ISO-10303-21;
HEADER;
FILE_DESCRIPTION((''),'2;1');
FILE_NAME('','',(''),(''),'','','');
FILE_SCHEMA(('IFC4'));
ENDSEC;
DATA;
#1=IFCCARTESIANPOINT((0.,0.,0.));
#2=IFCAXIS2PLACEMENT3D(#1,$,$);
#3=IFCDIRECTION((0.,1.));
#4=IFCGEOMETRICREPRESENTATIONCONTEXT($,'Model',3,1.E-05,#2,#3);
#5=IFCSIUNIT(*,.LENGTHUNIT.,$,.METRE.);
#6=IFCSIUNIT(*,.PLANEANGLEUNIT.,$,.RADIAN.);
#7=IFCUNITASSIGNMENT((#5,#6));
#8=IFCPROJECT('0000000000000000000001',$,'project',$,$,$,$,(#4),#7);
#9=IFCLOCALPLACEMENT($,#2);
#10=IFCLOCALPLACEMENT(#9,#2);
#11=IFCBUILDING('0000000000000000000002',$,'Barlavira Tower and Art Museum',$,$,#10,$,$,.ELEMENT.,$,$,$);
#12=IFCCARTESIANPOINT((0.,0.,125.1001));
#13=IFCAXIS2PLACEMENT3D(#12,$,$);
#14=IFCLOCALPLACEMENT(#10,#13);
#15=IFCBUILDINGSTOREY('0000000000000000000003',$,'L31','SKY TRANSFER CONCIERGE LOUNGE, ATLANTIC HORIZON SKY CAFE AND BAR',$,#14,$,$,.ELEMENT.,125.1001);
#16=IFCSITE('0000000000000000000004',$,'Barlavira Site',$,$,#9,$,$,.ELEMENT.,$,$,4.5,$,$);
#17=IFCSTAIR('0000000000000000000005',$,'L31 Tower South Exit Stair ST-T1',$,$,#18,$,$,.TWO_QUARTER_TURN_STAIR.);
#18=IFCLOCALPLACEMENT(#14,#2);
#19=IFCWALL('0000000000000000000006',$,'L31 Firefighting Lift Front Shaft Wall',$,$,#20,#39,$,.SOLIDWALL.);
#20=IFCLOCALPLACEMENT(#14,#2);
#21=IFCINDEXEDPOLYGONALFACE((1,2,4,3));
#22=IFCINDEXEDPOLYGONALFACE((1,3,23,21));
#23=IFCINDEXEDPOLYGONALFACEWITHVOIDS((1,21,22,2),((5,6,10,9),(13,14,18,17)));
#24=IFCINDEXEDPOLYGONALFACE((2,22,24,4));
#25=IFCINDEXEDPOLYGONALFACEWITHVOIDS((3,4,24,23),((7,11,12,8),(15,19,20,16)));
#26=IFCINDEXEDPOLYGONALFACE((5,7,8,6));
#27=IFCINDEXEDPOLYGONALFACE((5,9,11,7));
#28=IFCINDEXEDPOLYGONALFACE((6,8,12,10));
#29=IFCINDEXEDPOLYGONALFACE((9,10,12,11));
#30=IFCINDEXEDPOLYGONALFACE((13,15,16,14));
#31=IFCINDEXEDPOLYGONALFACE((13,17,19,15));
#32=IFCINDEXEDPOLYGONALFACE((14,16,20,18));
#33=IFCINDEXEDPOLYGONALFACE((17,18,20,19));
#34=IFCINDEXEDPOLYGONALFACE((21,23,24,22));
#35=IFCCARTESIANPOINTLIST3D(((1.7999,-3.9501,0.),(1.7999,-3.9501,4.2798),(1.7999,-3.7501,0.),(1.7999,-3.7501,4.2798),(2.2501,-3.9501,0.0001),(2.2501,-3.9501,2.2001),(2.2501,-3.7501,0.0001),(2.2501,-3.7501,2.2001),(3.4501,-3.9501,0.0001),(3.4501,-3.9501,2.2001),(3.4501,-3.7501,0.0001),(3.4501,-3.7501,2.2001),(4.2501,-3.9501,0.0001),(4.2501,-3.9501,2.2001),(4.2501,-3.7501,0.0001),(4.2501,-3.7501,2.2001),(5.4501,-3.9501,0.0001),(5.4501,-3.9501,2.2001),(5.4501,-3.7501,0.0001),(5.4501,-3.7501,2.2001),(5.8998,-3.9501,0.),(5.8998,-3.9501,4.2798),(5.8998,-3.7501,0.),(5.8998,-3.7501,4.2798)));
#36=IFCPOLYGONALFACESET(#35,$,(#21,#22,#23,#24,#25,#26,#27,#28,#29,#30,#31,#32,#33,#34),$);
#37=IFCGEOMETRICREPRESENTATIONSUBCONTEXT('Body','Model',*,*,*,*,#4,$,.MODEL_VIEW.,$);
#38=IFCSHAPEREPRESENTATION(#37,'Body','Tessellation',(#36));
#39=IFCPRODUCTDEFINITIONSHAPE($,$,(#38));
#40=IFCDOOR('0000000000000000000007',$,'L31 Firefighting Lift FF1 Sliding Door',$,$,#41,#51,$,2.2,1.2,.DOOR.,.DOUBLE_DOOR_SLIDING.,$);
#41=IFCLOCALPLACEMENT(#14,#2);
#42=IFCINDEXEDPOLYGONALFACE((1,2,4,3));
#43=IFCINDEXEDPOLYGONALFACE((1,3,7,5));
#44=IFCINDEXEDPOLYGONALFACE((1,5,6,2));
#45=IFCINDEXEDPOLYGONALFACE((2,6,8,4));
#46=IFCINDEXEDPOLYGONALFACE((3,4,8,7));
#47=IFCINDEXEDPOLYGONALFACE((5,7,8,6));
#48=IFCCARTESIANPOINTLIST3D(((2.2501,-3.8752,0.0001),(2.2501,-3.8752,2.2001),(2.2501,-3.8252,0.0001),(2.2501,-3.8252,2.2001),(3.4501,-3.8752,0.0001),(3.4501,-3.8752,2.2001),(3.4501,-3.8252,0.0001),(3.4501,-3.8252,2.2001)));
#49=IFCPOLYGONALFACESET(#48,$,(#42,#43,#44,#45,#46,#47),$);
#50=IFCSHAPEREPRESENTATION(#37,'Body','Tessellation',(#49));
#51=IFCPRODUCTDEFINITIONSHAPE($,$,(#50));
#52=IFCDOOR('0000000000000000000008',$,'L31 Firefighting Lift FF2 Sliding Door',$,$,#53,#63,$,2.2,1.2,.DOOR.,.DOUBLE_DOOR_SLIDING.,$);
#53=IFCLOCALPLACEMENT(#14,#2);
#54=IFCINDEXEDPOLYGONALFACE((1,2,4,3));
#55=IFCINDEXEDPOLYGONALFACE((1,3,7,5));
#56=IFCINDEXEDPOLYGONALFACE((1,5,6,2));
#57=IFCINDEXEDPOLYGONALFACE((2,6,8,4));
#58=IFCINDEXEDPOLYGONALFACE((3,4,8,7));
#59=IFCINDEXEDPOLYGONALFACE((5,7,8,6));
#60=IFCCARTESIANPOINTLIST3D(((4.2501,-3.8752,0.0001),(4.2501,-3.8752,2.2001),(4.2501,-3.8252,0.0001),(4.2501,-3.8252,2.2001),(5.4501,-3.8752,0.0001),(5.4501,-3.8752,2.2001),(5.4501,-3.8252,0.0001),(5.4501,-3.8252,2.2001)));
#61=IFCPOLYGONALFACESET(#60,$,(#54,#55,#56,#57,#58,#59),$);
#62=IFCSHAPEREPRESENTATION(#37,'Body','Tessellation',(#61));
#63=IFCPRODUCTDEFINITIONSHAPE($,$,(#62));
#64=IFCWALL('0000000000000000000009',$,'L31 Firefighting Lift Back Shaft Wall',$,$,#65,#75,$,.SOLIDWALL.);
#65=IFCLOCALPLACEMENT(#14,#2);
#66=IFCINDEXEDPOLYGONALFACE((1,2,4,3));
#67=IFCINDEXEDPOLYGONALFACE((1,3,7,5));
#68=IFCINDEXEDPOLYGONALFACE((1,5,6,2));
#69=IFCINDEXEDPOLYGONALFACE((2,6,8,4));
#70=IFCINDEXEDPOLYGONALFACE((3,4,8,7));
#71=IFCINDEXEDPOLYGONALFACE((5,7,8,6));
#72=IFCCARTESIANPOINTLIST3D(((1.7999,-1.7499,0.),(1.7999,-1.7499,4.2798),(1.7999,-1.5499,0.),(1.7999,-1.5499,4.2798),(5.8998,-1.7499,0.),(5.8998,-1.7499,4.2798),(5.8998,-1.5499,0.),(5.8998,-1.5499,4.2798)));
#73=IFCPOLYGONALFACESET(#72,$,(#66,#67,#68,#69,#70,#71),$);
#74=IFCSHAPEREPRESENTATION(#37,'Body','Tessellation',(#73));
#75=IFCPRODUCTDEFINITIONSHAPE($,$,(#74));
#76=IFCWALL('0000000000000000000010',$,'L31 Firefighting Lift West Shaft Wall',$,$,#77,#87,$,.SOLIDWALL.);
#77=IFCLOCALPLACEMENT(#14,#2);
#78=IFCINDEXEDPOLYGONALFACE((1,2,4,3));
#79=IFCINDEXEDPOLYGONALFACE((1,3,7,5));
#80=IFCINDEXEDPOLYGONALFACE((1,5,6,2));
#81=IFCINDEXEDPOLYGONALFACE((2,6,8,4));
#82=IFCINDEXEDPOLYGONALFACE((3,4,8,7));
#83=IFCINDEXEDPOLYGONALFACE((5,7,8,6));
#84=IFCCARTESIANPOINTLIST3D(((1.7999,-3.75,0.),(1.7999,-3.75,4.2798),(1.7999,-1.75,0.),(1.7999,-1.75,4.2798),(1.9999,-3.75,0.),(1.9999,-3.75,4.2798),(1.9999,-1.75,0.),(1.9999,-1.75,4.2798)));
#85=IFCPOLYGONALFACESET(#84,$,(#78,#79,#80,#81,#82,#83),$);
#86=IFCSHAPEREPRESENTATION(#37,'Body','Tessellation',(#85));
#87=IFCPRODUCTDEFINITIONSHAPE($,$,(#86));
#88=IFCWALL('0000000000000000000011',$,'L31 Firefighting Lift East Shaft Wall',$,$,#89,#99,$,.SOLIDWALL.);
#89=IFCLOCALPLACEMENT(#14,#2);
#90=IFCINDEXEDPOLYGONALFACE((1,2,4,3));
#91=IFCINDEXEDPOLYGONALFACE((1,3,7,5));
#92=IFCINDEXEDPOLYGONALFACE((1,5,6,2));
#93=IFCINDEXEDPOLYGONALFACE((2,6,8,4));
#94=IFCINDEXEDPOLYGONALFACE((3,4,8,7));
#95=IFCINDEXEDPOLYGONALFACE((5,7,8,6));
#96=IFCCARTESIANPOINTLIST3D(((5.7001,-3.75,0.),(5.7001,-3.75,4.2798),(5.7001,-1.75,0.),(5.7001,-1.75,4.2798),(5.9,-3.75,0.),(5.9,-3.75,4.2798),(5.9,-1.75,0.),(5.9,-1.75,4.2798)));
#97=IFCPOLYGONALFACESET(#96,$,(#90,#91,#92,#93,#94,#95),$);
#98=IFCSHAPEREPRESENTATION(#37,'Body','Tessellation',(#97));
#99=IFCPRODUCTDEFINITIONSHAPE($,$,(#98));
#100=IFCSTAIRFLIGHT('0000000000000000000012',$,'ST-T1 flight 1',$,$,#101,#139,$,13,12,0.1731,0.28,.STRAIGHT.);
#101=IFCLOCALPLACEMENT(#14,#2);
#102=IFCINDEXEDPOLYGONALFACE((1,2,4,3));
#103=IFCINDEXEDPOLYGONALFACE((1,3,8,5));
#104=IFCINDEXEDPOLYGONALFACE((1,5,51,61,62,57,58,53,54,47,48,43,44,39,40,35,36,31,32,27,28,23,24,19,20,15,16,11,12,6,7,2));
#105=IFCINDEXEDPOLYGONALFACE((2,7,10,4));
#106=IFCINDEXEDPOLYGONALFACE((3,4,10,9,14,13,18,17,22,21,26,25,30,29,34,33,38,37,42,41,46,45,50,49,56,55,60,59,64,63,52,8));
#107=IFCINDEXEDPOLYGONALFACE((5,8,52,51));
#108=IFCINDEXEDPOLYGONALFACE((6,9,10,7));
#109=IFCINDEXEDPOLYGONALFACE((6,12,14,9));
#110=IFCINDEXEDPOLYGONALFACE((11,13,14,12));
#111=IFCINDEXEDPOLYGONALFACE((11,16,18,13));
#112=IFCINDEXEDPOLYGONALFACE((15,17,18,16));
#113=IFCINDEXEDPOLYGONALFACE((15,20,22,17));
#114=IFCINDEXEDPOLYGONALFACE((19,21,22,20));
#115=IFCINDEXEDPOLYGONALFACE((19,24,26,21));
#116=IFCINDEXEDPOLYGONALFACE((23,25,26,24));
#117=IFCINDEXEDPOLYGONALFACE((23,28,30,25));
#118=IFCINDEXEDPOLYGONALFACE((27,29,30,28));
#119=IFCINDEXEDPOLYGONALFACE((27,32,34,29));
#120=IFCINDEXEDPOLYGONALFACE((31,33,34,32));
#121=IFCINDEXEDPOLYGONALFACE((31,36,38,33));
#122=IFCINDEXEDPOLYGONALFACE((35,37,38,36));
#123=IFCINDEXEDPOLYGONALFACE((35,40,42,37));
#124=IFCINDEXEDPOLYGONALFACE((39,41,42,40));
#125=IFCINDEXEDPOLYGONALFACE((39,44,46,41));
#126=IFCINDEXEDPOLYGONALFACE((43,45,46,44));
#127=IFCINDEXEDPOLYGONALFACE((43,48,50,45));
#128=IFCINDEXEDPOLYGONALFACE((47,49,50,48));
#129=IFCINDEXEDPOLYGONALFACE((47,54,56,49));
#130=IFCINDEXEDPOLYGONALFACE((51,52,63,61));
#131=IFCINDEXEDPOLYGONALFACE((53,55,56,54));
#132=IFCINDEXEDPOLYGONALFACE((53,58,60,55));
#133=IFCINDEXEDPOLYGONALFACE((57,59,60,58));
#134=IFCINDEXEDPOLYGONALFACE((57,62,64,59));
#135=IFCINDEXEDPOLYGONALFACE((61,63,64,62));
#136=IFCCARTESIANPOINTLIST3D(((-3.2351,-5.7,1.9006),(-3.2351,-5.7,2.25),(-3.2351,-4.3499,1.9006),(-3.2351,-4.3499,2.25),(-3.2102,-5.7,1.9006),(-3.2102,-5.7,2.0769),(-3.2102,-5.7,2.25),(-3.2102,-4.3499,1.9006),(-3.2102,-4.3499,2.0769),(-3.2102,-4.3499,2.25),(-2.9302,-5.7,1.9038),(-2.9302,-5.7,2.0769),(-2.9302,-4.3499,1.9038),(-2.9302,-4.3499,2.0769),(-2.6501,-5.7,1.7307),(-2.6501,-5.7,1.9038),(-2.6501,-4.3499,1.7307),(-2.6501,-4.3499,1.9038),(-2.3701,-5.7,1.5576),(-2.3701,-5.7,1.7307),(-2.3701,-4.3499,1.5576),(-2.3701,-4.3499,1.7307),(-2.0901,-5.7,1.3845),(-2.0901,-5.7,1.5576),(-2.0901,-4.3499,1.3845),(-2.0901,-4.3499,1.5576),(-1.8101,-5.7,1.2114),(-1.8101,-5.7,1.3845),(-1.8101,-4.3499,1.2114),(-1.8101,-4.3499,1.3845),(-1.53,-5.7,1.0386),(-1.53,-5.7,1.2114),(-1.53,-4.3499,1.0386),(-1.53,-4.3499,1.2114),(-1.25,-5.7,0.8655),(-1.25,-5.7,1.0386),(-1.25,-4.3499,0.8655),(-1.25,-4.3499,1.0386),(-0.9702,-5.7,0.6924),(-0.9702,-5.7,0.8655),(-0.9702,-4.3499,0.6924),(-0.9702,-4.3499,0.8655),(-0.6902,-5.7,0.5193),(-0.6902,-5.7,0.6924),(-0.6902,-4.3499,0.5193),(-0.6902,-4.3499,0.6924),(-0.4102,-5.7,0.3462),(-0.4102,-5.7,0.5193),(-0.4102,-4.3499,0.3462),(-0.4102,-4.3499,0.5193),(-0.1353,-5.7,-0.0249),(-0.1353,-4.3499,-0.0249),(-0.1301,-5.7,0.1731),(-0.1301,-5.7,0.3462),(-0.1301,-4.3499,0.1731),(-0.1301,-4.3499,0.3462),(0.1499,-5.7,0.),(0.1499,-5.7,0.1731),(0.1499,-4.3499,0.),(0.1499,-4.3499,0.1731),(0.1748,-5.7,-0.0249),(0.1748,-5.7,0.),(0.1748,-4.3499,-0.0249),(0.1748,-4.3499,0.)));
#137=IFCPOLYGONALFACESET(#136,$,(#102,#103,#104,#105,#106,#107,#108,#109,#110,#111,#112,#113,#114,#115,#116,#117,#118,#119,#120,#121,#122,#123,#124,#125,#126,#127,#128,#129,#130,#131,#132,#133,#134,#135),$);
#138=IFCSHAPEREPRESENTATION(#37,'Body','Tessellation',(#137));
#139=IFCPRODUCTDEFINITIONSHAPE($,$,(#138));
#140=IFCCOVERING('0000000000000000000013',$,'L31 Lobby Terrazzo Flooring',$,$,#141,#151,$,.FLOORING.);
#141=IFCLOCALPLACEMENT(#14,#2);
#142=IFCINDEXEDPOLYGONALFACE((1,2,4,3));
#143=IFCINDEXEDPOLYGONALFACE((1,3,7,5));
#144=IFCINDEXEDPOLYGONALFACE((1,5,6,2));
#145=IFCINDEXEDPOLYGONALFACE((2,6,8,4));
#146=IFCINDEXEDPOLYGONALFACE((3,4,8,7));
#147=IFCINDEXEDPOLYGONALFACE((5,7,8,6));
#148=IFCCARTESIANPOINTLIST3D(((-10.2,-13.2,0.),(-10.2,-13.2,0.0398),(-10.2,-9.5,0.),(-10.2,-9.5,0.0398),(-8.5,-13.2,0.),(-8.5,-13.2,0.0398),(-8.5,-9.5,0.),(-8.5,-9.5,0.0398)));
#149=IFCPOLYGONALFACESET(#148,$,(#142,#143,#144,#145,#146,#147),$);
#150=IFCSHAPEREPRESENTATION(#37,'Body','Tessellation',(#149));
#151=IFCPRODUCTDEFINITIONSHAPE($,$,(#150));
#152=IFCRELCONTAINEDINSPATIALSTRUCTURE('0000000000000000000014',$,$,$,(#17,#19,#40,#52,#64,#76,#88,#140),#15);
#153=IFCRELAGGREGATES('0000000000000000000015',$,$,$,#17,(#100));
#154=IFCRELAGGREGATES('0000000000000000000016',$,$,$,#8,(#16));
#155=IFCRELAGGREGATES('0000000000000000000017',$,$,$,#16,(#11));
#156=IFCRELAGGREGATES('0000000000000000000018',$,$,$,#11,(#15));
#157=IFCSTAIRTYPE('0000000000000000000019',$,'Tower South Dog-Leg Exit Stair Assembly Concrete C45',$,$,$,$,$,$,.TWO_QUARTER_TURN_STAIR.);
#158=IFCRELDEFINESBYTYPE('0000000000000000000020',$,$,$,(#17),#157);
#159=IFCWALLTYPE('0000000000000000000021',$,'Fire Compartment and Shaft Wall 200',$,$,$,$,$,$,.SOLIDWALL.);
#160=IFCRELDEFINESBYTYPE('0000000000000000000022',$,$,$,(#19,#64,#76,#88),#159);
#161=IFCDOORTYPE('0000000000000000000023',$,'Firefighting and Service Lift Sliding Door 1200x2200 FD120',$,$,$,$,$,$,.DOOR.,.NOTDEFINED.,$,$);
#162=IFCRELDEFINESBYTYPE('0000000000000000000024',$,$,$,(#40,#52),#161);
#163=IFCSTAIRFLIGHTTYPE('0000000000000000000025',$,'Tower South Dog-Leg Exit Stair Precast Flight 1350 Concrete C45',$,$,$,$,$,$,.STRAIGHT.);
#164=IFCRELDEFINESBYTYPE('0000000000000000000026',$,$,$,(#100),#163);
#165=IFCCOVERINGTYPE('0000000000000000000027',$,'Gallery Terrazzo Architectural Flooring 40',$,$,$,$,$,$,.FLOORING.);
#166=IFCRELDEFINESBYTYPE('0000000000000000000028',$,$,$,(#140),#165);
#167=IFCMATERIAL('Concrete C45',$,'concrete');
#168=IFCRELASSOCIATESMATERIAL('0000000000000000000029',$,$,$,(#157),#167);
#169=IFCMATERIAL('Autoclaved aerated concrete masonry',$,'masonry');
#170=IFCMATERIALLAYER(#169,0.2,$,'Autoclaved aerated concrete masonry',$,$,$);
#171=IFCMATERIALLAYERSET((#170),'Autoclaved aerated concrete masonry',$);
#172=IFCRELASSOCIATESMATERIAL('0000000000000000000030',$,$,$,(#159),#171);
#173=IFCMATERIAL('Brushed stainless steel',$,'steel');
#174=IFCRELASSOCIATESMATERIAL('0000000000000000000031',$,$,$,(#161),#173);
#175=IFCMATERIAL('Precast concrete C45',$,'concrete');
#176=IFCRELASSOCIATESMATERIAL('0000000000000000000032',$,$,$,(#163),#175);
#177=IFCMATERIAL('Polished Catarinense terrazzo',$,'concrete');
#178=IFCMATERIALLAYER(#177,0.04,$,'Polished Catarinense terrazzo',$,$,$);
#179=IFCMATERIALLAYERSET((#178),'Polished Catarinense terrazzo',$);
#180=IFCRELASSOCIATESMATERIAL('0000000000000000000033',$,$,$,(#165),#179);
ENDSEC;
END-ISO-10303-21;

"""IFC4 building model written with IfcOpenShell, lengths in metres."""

from ifc_helpers import new_model, si_unit, direction, frame, frame_2d, origin, place, context, subcontext, project, spatial, polyline, rectangle, outline, extrude, material, layer, layer_set, type_object, element, fill, aggregate, save


model = new_model("IFC4")

# Units and contexts
model_context = context("Model", 3, precision=1e-05, world=origin(), true_north=direction((0.0, 1.0)))
body_context = subcontext(model_context, "Body", "Model", "MODEL_VIEW")
ifc_project = project(units=[si_unit("LENGTHUNIT", "METRE"), si_unit("PLANEANGLEUNIT", "RADIAN")], contexts=[model_context])

# Site, building, storey
site_placement = place(None, origin())
site = spatial("IfcSite", under=ifc_project, at=site_placement, Name="Barlavira Site", CompositionType="ELEMENT", RefElevation=4.5)
building_placement = place(site_placement, origin())
building = spatial("IfcBuilding", under=site, at=building_placement, Name="Barlavira Tower and Art Museum", CompositionType="ELEMENT")
storey_placement = place(building_placement, frame((0.0, 0.0, 125.1001)))
storey = spatial("IfcBuildingStorey", under=building, at=storey_placement, Name="L31", Description="SKY TRANSFER CONCIERGE LOUNGE, ATLANTIC HORIZON SKY CAFE AND BAR", CompositionType="ELEMENT", Elevation=125.1001)

# Stair
ifc_material_1 = material(Name="Concrete C45", Category="concrete")
stair_type_1 = type_object("IfcStairType", Name="Tower South Dog-Leg Exit Stair Assembly Concrete C45", PredefinedType="TWO_QUARTER_TURN_STAIR", material=ifc_material_1)
stair_1_placement = place(storey_placement, origin())
stair_1 = element("IfcStair", 1, at=stair_1_placement, inside=storey, type_object=stair_type_1, Name="L31 Tower South Exit Stair ST-T1", PredefinedType="TWO_QUARTER_TURN_STAIR")

# Shared definitions
ifc_material_2 = material(Name="Brushed stainless steel", Category="steel")

# Shared definitions
ifc_material_3 = material(Name="Autoclaved aerated concrete masonry", Category="masonry")
ifc_layer_1 = layer(ifc_material_3, 0.2, Name="Autoclaved aerated concrete masonry")
ifc_layer_set_1 = layer_set([ifc_layer_1], Name="Autoclaved aerated concrete masonry")
wall_type_1 = type_object("IfcWallType", Name="Fire Compartment and Shaft Wall 200", PredefinedType="SOLIDWALL", material=ifc_layer_set_1)

# Wall, openings, doors
wall_1_placement = place(storey_placement, frame((1.8, -3.8501, 0.0), z_axis=(0.0, 0.0, 1.0), x_axis=(1.0, 0.0, 0.0)))
wall_1 = element("IfcWall", 2, at=wall_1_placement, inside=storey, type_object=wall_type_1, Name="L31 Firefighting Lift Front Shaft Wall", PredefinedType="SOLIDWALL", context=body_context, shape_type="SweptSolid", body=[
    extrude(rectangle(XDim=4.0999, YDim=0.2, at=frame_2d((2.0498, 0.0))), origin(), (0.0, 0.0, 1.0), 4.2798),
])
opening_1_placement = place(wall_1_placement, frame((0.45, 0.0, 0.0)))
opening_1 = element("IfcOpeningElement", 3, at=opening_1_placement, cuts=wall_1, PredefinedType="OPENING", context=body_context, shape_type="SweptSolid", body=[
    extrude(rectangle(XDim=1.2, YDim=2.2, at=frame_2d((0.6001, 1.1001))), frame((0.0, 0.1099, 0.0), z_axis=(0.0, -1.0, 0.0), x_axis=(1.0, 0.0, 0.0)), (0.0, 0.0, 1.0), 0.22),
])
opening_2_placement = place(wall_1_placement, frame((2.45, 0.0, 0.0)))
opening_2 = element("IfcOpeningElement", 4, at=opening_2_placement, cuts=wall_1, PredefinedType="OPENING", context=body_context, shape_type="SweptSolid", body=[
    extrude(rectangle(XDim=1.2, YDim=2.2, at=frame_2d((0.6001, 1.1001))), frame((0.0, 0.1099, 0.0), z_axis=(0.0, -1.0, 0.0), x_axis=(1.0, 0.0, 0.0)), (0.0, 0.0, 1.0), 0.22),
])
door_type_1 = type_object("IfcDoorType", Name="Firefighting and Service Lift Sliding Door 1200x2200 FD120", OperationType="NOTDEFINED", PredefinedType="DOOR", material=ifc_material_2)
door_1_placement = place(opening_1_placement, origin())
door_1 = element("IfcDoor", 5, at=door_1_placement, inside=storey, type_object=door_type_1, Name="L31 Firefighting Lift FF1 Sliding Door", OperationType="DOUBLE_DOOR_SLIDING", OverallHeight=2.2, OverallWidth=1.2, PredefinedType="DOOR", context=body_context, shape_type="SweptSolid", body=[
    extrude(rectangle(XDim=1.2, YDim=2.2, at=frame_2d((0.6001, 1.1001))), frame((0.0, 0.0249, 0.0), z_axis=(0.0, -1.0, 0.0), x_axis=(1.0, 0.0, 0.0)), (0.0, 0.0, 1.0), 0.05),
])
fill(opening_1, door_1)
door_2_placement = place(opening_2_placement, origin())
door_2 = element("IfcDoor", 6, at=door_2_placement, inside=storey, type_object=door_type_1, Name="L31 Firefighting Lift FF2 Sliding Door", OperationType="DOUBLE_DOOR_SLIDING", OverallHeight=2.2, OverallWidth=1.2, PredefinedType="DOOR", context=body_context, shape_type="SweptSolid", body=[
    extrude(rectangle(XDim=1.2, YDim=2.2, at=frame_2d((0.6001, 1.1001))), frame((0.0, 0.0249, 0.0), z_axis=(0.0, -1.0, 0.0), x_axis=(1.0, 0.0, 0.0)), (0.0, 0.0, 1.0), 0.05),
])
fill(opening_2, door_2)

# Walls
wall_2_placement = place(storey_placement, frame((1.8, -1.6499, 0.0), z_axis=(0.0, 0.0, 1.0), x_axis=(1.0, 0.0, 0.0)))
element("IfcWall", 7, at=wall_2_placement, inside=storey, type_object=wall_type_1, Name="L31 Firefighting Lift Back Shaft Wall", PredefinedType="SOLIDWALL", context=body_context, shape_type="SweptSolid", body=[
    extrude(rectangle(XDim=4.0999, YDim=0.2, at=frame_2d((2.0498, 0.0))), origin(), (0.0, 0.0, 1.0), 4.2798),
])
for number, where, z_axis, x_axis, name in (
    (8, (1.8999, -3.75, 0.0), (0.0, 0.0, 1.0), (0.0, 1.0, 0.0), "L31 Firefighting Lift West Shaft Wall"),
    (9, (5.8, -3.75, 0.0), (0.0, 0.0, 1.0), (0.0, 1.0, 0.0), "L31 Firefighting Lift East Shaft Wall"),
):
    element("IfcWall", number, at=place(storey_placement, frame(where, z_axis=z_axis, x_axis=x_axis)), inside=storey, type_object=wall_type_1, Name=name, PredefinedType="SOLIDWALL", context=body_context, shape_type="SweptSolid", body=[
        extrude(rectangle(XDim=2.0, YDim=0.2, at=frame_2d((1.0, 0.0))), origin(), (0.0, 0.0, 1.0), 4.2798),
    ])

# Stair flight
ifc_material_4 = material(Name="Precast concrete C45", Category="concrete")
stair_flight_type = type_object("IfcStairFlightType", Name="Tower South Dog-Leg Exit Stair Precast Flight 1350 Concrete C45", PredefinedType="STRAIGHT", material=ifc_material_4)
stair_flight_placement = place(storey_placement, frame((0.1499, -5.0249, 0.0), z_axis=(0.0, 0.0, 1.0), x_axis=(-1.0, 0.0, 0.0)))
stair_flight = element("IfcStairFlight", 10, at=stair_flight_placement, type_object=stair_flight_type, Name="ST-T1 flight 1", NumberOfRisers=13, NumberOfTreads=12, PredefinedType="STRAIGHT", RiserHeight=0.1731, TreadLength=0.28, context=body_context, shape_type="SweptSolid", body=[
    extrude(outline(polyline([(-0.0249, 0.0), (0.0, 0.0), (0.0, 0.1731), (0.28, 0.1731), (0.28, 0.3462), (0.5601, 0.3462), (0.5601, 0.5193), (0.8401, 0.5193), (0.8401, 0.6924), (1.1201, 0.6924), (1.1201, 0.8655), (1.3999, 0.8655), (1.3999, 1.0386), (1.6799, 1.0386), (1.6799, 1.2114), (1.96, 1.2114), (1.96, 1.3845), (2.24, 1.3845), (2.24, 1.5576), (2.52, 1.5576), (2.52, 1.7307), (2.8, 1.7307), (2.8, 1.9038), (3.0801, 1.9038), (3.0801, 2.0769), (3.3601, 2.0769), (3.3601, 2.25), (3.385, 2.25), (3.385, 1.9006), (3.3601, 1.9006), (0.2852, -0.0249), (-0.0249, -0.0249), (-0.0249, 0.0)])), frame((0.0, 0.675, 0.0), z_axis=(0.0, -1.0, 0.0), x_axis=(1.0, 0.0, 0.0)), (0.0, 0.0, 1.0), 1.3501),
])
aggregate(stair_1, [stair_flight])

# Covering
ifc_material_5 = material(Name="Polished Catarinense terrazzo", Category="concrete")
ifc_layer_2 = layer(ifc_material_5, 0.04, Name="Polished Catarinense terrazzo")
ifc_layer_set_2 = layer_set([ifc_layer_2], Name="Polished Catarinense terrazzo")
covering_type_1 = type_object("IfcCoveringType", Name="Gallery Terrazzo Architectural Flooring 40", PredefinedType="FLOORING", material=ifc_layer_set_2)
covering_1_placement = place(storey_placement, origin())
element("IfcCovering", 11, at=covering_1_placement, inside=storey, type_object=covering_type_1, Name="L31 Lobby Terrazzo Flooring", PredefinedType="FLOORING", context=body_context, shape_type="SweptSolid", body=[
    extrude(outline(polyline([(-10.2, -13.2), (-8.5, -13.2), (-8.5, -9.5), (-10.2, -9.5), (-10.2, -13.2)])), origin(), (0.0, 0.0, 1.0), 0.0398),
])

save(model, "model.ifc")
